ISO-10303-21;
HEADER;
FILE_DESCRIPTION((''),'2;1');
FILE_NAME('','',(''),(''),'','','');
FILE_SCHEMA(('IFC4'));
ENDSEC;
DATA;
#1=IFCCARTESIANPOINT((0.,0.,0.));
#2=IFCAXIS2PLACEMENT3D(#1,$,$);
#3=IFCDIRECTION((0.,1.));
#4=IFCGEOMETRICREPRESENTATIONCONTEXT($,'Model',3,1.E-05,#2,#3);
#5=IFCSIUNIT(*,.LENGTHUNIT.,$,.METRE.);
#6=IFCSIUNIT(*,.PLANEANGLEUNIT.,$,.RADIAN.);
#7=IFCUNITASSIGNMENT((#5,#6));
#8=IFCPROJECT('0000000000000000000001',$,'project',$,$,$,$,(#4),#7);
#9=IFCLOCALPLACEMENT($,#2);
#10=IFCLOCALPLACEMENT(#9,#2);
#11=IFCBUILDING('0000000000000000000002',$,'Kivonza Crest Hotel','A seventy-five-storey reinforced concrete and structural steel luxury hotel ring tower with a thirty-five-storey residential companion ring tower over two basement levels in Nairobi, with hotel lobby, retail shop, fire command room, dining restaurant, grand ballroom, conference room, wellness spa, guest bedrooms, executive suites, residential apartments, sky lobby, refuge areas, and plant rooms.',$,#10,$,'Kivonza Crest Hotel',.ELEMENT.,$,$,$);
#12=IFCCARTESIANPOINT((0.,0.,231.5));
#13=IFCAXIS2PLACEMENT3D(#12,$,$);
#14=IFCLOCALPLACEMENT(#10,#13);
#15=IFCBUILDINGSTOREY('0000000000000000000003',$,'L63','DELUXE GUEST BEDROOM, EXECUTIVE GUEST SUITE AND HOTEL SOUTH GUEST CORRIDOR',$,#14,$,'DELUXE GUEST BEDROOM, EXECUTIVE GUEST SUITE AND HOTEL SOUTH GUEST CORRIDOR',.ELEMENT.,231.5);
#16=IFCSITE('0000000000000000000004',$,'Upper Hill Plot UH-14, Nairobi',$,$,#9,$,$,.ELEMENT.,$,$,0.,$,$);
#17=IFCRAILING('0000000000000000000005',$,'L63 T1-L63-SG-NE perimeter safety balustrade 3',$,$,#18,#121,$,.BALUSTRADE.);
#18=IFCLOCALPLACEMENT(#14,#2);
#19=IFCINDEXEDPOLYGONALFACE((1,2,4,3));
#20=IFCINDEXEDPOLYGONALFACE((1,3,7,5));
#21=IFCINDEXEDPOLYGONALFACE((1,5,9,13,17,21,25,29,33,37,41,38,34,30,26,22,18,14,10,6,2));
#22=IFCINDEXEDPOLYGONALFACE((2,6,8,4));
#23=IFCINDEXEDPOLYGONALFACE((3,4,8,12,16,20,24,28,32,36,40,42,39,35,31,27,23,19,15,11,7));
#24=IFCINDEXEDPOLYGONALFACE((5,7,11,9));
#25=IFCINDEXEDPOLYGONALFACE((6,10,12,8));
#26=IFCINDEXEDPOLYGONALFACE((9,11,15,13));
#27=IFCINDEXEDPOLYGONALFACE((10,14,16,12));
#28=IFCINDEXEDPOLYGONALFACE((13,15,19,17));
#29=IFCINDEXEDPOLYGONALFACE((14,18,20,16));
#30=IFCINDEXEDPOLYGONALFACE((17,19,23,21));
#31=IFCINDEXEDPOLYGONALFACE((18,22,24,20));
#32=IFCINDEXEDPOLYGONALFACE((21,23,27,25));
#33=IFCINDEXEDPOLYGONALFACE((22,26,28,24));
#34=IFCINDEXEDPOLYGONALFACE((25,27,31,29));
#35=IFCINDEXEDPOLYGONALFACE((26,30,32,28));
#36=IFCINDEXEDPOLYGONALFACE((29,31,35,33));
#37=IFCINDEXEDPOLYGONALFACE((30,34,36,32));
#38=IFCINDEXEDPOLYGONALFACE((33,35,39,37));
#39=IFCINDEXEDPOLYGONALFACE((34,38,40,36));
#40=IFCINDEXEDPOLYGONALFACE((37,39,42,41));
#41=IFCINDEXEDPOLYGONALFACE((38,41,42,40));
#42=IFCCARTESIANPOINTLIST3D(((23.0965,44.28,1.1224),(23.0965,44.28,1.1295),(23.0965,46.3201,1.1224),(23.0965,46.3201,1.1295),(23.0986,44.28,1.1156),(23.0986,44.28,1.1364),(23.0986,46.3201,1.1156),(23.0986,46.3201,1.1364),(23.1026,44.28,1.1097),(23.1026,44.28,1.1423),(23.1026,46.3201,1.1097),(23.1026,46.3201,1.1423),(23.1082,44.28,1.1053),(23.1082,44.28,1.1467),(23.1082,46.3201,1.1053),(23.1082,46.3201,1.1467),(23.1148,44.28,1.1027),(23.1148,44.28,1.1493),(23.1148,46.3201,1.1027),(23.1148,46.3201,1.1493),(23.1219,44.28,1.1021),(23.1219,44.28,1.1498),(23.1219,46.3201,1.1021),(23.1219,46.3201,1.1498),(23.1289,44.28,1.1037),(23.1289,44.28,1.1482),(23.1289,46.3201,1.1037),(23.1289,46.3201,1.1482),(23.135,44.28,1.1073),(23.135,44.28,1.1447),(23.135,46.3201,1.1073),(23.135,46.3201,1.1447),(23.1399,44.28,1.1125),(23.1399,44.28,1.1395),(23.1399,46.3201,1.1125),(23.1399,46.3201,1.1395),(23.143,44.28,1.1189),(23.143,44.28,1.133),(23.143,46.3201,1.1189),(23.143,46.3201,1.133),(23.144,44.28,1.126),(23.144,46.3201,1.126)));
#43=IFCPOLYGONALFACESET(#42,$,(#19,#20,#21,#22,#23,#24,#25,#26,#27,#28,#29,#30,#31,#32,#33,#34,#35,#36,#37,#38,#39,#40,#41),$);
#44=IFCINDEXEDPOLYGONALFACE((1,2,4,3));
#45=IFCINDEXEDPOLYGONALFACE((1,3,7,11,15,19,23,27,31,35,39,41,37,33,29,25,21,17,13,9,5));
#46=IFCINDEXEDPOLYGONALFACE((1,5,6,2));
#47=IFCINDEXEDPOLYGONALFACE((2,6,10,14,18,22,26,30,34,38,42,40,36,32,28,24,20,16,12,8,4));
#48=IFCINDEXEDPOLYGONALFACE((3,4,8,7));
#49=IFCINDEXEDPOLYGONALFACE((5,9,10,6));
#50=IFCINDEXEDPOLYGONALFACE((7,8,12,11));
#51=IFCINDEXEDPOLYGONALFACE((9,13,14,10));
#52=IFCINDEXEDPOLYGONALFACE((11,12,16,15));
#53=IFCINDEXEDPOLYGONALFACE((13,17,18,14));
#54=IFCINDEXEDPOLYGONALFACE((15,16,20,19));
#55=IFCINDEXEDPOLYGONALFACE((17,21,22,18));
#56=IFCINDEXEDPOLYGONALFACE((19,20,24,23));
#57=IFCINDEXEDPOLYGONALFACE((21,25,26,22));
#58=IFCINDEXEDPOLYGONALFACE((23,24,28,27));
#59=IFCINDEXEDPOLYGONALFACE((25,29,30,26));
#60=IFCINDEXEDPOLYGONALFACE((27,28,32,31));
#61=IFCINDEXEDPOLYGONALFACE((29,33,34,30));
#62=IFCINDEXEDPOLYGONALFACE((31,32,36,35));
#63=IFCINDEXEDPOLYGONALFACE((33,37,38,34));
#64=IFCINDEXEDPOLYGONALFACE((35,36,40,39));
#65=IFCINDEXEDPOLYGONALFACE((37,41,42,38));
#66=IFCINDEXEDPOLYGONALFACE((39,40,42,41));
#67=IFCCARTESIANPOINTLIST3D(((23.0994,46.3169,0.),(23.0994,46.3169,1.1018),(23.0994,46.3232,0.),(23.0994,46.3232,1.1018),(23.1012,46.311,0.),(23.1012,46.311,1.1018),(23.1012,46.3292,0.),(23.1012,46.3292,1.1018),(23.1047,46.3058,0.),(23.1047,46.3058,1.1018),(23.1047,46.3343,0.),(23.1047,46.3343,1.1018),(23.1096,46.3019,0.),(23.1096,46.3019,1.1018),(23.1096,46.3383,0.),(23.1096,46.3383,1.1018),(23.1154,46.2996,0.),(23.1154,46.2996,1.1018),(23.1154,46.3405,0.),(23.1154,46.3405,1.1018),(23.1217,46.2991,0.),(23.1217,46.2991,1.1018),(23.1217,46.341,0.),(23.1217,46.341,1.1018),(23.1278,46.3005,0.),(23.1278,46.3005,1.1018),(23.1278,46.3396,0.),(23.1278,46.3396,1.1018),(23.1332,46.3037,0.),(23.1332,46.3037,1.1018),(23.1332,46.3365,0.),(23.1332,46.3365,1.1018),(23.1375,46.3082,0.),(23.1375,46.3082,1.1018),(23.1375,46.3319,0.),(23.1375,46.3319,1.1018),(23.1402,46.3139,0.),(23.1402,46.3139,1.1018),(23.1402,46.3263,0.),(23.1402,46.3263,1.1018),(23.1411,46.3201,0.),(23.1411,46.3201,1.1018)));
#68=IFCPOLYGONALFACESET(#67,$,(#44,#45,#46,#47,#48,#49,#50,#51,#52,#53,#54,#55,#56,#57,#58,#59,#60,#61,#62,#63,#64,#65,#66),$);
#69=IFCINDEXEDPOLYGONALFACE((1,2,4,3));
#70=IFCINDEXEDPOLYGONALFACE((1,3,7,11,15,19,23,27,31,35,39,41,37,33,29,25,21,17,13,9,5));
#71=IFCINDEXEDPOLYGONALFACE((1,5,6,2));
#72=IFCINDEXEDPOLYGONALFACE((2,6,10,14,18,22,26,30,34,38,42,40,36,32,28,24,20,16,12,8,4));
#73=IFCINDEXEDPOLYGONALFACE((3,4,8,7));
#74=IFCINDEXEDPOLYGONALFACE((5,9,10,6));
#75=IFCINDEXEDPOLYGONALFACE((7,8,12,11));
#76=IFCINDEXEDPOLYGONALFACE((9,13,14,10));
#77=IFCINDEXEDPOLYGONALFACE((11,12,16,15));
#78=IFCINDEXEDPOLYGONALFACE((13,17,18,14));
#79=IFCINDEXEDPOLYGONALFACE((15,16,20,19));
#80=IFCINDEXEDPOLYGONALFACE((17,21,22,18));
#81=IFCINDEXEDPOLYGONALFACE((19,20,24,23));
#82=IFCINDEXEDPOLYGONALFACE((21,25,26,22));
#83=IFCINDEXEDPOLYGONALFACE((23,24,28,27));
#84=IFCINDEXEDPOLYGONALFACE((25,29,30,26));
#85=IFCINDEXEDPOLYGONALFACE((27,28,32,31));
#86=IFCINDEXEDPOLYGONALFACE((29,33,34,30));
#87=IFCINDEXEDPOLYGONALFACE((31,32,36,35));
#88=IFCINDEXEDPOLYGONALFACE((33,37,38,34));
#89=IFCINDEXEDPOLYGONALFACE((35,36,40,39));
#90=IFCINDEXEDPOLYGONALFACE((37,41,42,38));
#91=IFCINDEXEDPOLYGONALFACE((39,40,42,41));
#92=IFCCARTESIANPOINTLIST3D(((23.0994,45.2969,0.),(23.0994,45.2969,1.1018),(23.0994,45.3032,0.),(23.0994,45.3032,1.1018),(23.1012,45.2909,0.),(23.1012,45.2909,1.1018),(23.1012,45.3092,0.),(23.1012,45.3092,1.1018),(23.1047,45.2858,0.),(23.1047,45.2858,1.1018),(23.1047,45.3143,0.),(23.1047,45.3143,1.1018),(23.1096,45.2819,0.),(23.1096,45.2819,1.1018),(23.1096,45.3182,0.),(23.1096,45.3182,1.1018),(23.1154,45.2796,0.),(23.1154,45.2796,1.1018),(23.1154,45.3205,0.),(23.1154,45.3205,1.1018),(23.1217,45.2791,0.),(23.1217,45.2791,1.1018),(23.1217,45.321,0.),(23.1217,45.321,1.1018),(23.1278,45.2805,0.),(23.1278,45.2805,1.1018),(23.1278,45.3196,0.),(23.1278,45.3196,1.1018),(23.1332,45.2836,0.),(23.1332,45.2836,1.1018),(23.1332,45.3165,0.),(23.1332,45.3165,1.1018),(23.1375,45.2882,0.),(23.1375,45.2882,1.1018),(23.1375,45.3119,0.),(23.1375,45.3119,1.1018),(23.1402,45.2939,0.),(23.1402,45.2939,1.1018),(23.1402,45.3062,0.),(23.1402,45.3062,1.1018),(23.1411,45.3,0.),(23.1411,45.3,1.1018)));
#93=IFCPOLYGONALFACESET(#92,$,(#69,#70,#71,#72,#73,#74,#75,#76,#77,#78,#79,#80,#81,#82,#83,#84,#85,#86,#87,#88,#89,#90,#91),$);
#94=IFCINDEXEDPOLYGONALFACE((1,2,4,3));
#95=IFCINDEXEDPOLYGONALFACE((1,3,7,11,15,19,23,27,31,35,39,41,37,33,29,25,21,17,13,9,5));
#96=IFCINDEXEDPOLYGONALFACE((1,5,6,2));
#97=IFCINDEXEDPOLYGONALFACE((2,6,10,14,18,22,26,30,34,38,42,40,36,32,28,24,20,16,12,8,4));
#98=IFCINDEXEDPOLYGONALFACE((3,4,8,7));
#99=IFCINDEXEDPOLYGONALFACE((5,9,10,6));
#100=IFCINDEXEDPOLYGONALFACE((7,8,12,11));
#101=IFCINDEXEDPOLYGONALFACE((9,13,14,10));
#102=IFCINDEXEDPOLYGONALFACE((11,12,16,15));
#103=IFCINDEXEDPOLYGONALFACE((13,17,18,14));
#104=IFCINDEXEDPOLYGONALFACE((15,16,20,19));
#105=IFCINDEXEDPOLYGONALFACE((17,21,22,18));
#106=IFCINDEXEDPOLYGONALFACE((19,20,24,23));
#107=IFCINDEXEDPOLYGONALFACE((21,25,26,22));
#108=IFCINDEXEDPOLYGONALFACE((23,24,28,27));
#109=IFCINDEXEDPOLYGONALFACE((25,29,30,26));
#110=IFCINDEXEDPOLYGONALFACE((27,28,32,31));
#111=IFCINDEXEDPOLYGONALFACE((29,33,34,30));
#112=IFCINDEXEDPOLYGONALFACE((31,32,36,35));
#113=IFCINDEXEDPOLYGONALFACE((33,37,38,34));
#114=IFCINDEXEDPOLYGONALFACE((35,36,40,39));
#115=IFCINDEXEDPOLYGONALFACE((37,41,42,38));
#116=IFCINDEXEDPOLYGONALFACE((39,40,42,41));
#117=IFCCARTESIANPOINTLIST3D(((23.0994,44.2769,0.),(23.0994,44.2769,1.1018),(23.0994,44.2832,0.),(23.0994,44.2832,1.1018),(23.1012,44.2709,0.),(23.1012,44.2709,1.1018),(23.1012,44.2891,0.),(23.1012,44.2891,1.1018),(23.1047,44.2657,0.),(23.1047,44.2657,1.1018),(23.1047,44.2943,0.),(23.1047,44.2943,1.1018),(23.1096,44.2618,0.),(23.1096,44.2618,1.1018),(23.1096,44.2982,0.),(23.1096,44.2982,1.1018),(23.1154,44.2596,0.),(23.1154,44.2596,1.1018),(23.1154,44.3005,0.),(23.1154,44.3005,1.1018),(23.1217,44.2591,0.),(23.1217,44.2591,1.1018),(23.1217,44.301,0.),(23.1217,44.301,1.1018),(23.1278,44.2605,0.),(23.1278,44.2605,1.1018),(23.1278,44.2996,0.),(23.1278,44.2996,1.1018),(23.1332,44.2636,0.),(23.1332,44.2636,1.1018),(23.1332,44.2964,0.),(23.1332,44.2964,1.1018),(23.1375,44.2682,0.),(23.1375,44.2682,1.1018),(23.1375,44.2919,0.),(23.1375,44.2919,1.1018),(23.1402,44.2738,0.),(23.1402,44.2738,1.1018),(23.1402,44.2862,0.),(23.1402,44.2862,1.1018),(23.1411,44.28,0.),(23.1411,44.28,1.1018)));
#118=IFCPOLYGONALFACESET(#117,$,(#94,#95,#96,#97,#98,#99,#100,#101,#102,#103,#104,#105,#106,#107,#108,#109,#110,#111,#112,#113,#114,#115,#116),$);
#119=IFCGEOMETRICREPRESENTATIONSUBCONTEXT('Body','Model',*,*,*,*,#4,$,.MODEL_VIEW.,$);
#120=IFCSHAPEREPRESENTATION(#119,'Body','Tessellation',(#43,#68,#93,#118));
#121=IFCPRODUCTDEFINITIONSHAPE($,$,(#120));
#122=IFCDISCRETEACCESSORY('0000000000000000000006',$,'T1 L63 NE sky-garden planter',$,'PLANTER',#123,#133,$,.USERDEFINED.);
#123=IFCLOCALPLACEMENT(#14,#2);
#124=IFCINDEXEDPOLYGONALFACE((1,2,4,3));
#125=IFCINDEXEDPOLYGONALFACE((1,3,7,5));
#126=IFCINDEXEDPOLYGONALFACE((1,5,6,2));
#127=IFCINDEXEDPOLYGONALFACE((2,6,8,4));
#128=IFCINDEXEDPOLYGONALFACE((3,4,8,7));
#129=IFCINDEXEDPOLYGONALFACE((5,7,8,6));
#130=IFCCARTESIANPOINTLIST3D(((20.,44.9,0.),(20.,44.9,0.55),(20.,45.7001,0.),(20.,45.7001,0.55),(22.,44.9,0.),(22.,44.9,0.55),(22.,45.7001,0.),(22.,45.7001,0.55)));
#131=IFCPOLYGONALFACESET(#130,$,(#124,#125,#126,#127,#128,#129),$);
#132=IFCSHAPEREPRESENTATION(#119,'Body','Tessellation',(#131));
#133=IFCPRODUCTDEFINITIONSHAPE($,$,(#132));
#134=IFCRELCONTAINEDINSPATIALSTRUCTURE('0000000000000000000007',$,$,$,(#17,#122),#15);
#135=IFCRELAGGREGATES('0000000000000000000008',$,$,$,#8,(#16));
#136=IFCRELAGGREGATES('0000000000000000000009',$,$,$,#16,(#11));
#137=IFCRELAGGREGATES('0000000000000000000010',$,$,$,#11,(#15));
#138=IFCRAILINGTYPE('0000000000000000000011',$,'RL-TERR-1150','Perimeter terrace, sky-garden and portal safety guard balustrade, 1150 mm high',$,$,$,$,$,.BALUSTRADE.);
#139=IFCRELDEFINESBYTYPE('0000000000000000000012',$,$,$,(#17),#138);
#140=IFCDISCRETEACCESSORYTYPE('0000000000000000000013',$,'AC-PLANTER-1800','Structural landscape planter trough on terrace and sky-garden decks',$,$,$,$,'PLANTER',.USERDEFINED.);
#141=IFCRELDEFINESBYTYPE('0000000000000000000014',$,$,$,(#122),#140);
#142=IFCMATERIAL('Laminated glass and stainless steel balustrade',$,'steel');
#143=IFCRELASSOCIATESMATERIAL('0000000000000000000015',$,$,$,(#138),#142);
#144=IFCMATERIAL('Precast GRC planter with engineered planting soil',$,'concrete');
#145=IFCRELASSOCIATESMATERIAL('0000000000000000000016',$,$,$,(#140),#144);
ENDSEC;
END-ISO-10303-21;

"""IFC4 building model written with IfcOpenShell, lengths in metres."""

from ifc_helpers import new_model, si_unit, direction, frame, origin, origin_2d, place, context, subcontext, project, spatial, rectangle, circle, extrude, material, type_object, element, save


model = new_model("IFC4")

# Units and contexts
model_context = context("Model", 3, precision=1e-05, world=origin(), true_north=direction((0.0, 1.0)))
body_context = subcontext(model_context, "Body", "Model", "MODEL_VIEW")
ifc_project = project(units=[si_unit("LENGTHUNIT", "METRE"), si_unit("PLANEANGLEUNIT", "RADIAN")], contexts=[model_context])

# Site, building, storey
site_placement = place(None, origin())
site = spatial("IfcSite", under=ifc_project, at=site_placement, Name="Upper Hill Plot UH-14, Nairobi", CompositionType="ELEMENT", RefElevation=0.0)
building_placement = place(site_placement, origin())
building = spatial("IfcBuilding", under=site, at=building_placement, Name="Kivonza Crest Hotel", Description="A seventy-five-storey reinforced concrete and structural steel luxury hotel ring tower with a thirty-five-storey residential companion ring tower over two basement levels in Nairobi, with hotel lobby, retail shop, fire command room, dining restaurant, grand ballroom, conference room, wellness spa, guest bedrooms, executive suites, residential apartments, sky lobby, refuge areas, and plant rooms.", LongName="Kivonza Crest Hotel", CompositionType="ELEMENT")
storey_placement = place(building_placement, frame((0.0, 0.0, 231.5)))
storey = spatial("IfcBuildingStorey", under=building, at=storey_placement, Name="L63", Description="DELUXE GUEST BEDROOM, EXECUTIVE GUEST SUITE AND HOTEL SOUTH GUEST CORRIDOR", LongName="DELUXE GUEST BEDROOM, EXECUTIVE GUEST SUITE AND HOTEL SOUTH GUEST CORRIDOR", CompositionType="ELEMENT", Elevation=231.5)

# Railing
ifc_material_1 = material(Name="Laminated glass and stainless steel balustrade", Category="steel")
railing_type = type_object("IfcRailingType", Name="RL-TERR-1150", Description="Perimeter terrace, sky-garden and portal safety guard balustrade, 1150 mm high", PredefinedType="BALUSTRADE", material=ifc_material_1)
railing_1_placement = place(storey_placement, frame((23.1201, 46.3201, 0.0)))
element("IfcRailing", 1, at=railing_1_placement, inside=storey, type_object=railing_type, Name="L63 T1-L63-SG-NE perimeter safety balustrade 3", PredefinedType="BALUSTRADE", context=body_context, shape_type="SweptSolid", body=[
    extrude(circle(Radius=0.0239, at=origin_2d()), frame((0.0, 0.0, 1.126), z_axis=(0.0, -1.0, 0.0), x_axis=(1.0, 0.0, 0.0)), (0.0, 0.0, 1.0), 2.04),
    extrude(circle(Radius=0.021, at=origin_2d()), origin(), (0.0, 0.0, 1.0), 1.1018),
    extrude(circle(Radius=0.021, at=origin_2d()), frame((0.0, -1.02, 0.0)), (0.0, 0.0, 1.0), 1.1018),
    extrude(circle(Radius=0.021, at=origin_2d()), frame((0.0, -2.04, 0.0)), (0.0, 0.0, 1.0), 1.1018),
])

# Discrete accessory
ifc_material_2 = material(Name="Precast GRC planter with engineered planting soil", Category="concrete")
discrete_accessory_type = type_object("IfcDiscreteAccessoryType", Name="AC-PLANTER-1800", Description="Structural landscape planter trough on terrace and sky-garden decks", ElementType="PLANTER", PredefinedType="USERDEFINED", material=ifc_material_2)
discrete_accessory_placement = place(storey_placement, frame((21.0, 45.3, 0.0), z_axis=(0.0, 0.0, 1.0), x_axis=(1.0, 0.0, 0.0)))
element("IfcDiscreteAccessory", 2, at=discrete_accessory_placement, inside=storey, type_object=discrete_accessory_type, Name="T1 L63 NE sky-garden planter", ObjectType="PLANTER", PredefinedType="USERDEFINED", context=body_context, shape_type="SweptSolid", body=[
    extrude(rectangle(XDim=2.0, YDim=0.8, at=origin_2d()), origin(), (0.0, 0.0, 1.0), 0.55),
])

save(model, "model.ifc")
